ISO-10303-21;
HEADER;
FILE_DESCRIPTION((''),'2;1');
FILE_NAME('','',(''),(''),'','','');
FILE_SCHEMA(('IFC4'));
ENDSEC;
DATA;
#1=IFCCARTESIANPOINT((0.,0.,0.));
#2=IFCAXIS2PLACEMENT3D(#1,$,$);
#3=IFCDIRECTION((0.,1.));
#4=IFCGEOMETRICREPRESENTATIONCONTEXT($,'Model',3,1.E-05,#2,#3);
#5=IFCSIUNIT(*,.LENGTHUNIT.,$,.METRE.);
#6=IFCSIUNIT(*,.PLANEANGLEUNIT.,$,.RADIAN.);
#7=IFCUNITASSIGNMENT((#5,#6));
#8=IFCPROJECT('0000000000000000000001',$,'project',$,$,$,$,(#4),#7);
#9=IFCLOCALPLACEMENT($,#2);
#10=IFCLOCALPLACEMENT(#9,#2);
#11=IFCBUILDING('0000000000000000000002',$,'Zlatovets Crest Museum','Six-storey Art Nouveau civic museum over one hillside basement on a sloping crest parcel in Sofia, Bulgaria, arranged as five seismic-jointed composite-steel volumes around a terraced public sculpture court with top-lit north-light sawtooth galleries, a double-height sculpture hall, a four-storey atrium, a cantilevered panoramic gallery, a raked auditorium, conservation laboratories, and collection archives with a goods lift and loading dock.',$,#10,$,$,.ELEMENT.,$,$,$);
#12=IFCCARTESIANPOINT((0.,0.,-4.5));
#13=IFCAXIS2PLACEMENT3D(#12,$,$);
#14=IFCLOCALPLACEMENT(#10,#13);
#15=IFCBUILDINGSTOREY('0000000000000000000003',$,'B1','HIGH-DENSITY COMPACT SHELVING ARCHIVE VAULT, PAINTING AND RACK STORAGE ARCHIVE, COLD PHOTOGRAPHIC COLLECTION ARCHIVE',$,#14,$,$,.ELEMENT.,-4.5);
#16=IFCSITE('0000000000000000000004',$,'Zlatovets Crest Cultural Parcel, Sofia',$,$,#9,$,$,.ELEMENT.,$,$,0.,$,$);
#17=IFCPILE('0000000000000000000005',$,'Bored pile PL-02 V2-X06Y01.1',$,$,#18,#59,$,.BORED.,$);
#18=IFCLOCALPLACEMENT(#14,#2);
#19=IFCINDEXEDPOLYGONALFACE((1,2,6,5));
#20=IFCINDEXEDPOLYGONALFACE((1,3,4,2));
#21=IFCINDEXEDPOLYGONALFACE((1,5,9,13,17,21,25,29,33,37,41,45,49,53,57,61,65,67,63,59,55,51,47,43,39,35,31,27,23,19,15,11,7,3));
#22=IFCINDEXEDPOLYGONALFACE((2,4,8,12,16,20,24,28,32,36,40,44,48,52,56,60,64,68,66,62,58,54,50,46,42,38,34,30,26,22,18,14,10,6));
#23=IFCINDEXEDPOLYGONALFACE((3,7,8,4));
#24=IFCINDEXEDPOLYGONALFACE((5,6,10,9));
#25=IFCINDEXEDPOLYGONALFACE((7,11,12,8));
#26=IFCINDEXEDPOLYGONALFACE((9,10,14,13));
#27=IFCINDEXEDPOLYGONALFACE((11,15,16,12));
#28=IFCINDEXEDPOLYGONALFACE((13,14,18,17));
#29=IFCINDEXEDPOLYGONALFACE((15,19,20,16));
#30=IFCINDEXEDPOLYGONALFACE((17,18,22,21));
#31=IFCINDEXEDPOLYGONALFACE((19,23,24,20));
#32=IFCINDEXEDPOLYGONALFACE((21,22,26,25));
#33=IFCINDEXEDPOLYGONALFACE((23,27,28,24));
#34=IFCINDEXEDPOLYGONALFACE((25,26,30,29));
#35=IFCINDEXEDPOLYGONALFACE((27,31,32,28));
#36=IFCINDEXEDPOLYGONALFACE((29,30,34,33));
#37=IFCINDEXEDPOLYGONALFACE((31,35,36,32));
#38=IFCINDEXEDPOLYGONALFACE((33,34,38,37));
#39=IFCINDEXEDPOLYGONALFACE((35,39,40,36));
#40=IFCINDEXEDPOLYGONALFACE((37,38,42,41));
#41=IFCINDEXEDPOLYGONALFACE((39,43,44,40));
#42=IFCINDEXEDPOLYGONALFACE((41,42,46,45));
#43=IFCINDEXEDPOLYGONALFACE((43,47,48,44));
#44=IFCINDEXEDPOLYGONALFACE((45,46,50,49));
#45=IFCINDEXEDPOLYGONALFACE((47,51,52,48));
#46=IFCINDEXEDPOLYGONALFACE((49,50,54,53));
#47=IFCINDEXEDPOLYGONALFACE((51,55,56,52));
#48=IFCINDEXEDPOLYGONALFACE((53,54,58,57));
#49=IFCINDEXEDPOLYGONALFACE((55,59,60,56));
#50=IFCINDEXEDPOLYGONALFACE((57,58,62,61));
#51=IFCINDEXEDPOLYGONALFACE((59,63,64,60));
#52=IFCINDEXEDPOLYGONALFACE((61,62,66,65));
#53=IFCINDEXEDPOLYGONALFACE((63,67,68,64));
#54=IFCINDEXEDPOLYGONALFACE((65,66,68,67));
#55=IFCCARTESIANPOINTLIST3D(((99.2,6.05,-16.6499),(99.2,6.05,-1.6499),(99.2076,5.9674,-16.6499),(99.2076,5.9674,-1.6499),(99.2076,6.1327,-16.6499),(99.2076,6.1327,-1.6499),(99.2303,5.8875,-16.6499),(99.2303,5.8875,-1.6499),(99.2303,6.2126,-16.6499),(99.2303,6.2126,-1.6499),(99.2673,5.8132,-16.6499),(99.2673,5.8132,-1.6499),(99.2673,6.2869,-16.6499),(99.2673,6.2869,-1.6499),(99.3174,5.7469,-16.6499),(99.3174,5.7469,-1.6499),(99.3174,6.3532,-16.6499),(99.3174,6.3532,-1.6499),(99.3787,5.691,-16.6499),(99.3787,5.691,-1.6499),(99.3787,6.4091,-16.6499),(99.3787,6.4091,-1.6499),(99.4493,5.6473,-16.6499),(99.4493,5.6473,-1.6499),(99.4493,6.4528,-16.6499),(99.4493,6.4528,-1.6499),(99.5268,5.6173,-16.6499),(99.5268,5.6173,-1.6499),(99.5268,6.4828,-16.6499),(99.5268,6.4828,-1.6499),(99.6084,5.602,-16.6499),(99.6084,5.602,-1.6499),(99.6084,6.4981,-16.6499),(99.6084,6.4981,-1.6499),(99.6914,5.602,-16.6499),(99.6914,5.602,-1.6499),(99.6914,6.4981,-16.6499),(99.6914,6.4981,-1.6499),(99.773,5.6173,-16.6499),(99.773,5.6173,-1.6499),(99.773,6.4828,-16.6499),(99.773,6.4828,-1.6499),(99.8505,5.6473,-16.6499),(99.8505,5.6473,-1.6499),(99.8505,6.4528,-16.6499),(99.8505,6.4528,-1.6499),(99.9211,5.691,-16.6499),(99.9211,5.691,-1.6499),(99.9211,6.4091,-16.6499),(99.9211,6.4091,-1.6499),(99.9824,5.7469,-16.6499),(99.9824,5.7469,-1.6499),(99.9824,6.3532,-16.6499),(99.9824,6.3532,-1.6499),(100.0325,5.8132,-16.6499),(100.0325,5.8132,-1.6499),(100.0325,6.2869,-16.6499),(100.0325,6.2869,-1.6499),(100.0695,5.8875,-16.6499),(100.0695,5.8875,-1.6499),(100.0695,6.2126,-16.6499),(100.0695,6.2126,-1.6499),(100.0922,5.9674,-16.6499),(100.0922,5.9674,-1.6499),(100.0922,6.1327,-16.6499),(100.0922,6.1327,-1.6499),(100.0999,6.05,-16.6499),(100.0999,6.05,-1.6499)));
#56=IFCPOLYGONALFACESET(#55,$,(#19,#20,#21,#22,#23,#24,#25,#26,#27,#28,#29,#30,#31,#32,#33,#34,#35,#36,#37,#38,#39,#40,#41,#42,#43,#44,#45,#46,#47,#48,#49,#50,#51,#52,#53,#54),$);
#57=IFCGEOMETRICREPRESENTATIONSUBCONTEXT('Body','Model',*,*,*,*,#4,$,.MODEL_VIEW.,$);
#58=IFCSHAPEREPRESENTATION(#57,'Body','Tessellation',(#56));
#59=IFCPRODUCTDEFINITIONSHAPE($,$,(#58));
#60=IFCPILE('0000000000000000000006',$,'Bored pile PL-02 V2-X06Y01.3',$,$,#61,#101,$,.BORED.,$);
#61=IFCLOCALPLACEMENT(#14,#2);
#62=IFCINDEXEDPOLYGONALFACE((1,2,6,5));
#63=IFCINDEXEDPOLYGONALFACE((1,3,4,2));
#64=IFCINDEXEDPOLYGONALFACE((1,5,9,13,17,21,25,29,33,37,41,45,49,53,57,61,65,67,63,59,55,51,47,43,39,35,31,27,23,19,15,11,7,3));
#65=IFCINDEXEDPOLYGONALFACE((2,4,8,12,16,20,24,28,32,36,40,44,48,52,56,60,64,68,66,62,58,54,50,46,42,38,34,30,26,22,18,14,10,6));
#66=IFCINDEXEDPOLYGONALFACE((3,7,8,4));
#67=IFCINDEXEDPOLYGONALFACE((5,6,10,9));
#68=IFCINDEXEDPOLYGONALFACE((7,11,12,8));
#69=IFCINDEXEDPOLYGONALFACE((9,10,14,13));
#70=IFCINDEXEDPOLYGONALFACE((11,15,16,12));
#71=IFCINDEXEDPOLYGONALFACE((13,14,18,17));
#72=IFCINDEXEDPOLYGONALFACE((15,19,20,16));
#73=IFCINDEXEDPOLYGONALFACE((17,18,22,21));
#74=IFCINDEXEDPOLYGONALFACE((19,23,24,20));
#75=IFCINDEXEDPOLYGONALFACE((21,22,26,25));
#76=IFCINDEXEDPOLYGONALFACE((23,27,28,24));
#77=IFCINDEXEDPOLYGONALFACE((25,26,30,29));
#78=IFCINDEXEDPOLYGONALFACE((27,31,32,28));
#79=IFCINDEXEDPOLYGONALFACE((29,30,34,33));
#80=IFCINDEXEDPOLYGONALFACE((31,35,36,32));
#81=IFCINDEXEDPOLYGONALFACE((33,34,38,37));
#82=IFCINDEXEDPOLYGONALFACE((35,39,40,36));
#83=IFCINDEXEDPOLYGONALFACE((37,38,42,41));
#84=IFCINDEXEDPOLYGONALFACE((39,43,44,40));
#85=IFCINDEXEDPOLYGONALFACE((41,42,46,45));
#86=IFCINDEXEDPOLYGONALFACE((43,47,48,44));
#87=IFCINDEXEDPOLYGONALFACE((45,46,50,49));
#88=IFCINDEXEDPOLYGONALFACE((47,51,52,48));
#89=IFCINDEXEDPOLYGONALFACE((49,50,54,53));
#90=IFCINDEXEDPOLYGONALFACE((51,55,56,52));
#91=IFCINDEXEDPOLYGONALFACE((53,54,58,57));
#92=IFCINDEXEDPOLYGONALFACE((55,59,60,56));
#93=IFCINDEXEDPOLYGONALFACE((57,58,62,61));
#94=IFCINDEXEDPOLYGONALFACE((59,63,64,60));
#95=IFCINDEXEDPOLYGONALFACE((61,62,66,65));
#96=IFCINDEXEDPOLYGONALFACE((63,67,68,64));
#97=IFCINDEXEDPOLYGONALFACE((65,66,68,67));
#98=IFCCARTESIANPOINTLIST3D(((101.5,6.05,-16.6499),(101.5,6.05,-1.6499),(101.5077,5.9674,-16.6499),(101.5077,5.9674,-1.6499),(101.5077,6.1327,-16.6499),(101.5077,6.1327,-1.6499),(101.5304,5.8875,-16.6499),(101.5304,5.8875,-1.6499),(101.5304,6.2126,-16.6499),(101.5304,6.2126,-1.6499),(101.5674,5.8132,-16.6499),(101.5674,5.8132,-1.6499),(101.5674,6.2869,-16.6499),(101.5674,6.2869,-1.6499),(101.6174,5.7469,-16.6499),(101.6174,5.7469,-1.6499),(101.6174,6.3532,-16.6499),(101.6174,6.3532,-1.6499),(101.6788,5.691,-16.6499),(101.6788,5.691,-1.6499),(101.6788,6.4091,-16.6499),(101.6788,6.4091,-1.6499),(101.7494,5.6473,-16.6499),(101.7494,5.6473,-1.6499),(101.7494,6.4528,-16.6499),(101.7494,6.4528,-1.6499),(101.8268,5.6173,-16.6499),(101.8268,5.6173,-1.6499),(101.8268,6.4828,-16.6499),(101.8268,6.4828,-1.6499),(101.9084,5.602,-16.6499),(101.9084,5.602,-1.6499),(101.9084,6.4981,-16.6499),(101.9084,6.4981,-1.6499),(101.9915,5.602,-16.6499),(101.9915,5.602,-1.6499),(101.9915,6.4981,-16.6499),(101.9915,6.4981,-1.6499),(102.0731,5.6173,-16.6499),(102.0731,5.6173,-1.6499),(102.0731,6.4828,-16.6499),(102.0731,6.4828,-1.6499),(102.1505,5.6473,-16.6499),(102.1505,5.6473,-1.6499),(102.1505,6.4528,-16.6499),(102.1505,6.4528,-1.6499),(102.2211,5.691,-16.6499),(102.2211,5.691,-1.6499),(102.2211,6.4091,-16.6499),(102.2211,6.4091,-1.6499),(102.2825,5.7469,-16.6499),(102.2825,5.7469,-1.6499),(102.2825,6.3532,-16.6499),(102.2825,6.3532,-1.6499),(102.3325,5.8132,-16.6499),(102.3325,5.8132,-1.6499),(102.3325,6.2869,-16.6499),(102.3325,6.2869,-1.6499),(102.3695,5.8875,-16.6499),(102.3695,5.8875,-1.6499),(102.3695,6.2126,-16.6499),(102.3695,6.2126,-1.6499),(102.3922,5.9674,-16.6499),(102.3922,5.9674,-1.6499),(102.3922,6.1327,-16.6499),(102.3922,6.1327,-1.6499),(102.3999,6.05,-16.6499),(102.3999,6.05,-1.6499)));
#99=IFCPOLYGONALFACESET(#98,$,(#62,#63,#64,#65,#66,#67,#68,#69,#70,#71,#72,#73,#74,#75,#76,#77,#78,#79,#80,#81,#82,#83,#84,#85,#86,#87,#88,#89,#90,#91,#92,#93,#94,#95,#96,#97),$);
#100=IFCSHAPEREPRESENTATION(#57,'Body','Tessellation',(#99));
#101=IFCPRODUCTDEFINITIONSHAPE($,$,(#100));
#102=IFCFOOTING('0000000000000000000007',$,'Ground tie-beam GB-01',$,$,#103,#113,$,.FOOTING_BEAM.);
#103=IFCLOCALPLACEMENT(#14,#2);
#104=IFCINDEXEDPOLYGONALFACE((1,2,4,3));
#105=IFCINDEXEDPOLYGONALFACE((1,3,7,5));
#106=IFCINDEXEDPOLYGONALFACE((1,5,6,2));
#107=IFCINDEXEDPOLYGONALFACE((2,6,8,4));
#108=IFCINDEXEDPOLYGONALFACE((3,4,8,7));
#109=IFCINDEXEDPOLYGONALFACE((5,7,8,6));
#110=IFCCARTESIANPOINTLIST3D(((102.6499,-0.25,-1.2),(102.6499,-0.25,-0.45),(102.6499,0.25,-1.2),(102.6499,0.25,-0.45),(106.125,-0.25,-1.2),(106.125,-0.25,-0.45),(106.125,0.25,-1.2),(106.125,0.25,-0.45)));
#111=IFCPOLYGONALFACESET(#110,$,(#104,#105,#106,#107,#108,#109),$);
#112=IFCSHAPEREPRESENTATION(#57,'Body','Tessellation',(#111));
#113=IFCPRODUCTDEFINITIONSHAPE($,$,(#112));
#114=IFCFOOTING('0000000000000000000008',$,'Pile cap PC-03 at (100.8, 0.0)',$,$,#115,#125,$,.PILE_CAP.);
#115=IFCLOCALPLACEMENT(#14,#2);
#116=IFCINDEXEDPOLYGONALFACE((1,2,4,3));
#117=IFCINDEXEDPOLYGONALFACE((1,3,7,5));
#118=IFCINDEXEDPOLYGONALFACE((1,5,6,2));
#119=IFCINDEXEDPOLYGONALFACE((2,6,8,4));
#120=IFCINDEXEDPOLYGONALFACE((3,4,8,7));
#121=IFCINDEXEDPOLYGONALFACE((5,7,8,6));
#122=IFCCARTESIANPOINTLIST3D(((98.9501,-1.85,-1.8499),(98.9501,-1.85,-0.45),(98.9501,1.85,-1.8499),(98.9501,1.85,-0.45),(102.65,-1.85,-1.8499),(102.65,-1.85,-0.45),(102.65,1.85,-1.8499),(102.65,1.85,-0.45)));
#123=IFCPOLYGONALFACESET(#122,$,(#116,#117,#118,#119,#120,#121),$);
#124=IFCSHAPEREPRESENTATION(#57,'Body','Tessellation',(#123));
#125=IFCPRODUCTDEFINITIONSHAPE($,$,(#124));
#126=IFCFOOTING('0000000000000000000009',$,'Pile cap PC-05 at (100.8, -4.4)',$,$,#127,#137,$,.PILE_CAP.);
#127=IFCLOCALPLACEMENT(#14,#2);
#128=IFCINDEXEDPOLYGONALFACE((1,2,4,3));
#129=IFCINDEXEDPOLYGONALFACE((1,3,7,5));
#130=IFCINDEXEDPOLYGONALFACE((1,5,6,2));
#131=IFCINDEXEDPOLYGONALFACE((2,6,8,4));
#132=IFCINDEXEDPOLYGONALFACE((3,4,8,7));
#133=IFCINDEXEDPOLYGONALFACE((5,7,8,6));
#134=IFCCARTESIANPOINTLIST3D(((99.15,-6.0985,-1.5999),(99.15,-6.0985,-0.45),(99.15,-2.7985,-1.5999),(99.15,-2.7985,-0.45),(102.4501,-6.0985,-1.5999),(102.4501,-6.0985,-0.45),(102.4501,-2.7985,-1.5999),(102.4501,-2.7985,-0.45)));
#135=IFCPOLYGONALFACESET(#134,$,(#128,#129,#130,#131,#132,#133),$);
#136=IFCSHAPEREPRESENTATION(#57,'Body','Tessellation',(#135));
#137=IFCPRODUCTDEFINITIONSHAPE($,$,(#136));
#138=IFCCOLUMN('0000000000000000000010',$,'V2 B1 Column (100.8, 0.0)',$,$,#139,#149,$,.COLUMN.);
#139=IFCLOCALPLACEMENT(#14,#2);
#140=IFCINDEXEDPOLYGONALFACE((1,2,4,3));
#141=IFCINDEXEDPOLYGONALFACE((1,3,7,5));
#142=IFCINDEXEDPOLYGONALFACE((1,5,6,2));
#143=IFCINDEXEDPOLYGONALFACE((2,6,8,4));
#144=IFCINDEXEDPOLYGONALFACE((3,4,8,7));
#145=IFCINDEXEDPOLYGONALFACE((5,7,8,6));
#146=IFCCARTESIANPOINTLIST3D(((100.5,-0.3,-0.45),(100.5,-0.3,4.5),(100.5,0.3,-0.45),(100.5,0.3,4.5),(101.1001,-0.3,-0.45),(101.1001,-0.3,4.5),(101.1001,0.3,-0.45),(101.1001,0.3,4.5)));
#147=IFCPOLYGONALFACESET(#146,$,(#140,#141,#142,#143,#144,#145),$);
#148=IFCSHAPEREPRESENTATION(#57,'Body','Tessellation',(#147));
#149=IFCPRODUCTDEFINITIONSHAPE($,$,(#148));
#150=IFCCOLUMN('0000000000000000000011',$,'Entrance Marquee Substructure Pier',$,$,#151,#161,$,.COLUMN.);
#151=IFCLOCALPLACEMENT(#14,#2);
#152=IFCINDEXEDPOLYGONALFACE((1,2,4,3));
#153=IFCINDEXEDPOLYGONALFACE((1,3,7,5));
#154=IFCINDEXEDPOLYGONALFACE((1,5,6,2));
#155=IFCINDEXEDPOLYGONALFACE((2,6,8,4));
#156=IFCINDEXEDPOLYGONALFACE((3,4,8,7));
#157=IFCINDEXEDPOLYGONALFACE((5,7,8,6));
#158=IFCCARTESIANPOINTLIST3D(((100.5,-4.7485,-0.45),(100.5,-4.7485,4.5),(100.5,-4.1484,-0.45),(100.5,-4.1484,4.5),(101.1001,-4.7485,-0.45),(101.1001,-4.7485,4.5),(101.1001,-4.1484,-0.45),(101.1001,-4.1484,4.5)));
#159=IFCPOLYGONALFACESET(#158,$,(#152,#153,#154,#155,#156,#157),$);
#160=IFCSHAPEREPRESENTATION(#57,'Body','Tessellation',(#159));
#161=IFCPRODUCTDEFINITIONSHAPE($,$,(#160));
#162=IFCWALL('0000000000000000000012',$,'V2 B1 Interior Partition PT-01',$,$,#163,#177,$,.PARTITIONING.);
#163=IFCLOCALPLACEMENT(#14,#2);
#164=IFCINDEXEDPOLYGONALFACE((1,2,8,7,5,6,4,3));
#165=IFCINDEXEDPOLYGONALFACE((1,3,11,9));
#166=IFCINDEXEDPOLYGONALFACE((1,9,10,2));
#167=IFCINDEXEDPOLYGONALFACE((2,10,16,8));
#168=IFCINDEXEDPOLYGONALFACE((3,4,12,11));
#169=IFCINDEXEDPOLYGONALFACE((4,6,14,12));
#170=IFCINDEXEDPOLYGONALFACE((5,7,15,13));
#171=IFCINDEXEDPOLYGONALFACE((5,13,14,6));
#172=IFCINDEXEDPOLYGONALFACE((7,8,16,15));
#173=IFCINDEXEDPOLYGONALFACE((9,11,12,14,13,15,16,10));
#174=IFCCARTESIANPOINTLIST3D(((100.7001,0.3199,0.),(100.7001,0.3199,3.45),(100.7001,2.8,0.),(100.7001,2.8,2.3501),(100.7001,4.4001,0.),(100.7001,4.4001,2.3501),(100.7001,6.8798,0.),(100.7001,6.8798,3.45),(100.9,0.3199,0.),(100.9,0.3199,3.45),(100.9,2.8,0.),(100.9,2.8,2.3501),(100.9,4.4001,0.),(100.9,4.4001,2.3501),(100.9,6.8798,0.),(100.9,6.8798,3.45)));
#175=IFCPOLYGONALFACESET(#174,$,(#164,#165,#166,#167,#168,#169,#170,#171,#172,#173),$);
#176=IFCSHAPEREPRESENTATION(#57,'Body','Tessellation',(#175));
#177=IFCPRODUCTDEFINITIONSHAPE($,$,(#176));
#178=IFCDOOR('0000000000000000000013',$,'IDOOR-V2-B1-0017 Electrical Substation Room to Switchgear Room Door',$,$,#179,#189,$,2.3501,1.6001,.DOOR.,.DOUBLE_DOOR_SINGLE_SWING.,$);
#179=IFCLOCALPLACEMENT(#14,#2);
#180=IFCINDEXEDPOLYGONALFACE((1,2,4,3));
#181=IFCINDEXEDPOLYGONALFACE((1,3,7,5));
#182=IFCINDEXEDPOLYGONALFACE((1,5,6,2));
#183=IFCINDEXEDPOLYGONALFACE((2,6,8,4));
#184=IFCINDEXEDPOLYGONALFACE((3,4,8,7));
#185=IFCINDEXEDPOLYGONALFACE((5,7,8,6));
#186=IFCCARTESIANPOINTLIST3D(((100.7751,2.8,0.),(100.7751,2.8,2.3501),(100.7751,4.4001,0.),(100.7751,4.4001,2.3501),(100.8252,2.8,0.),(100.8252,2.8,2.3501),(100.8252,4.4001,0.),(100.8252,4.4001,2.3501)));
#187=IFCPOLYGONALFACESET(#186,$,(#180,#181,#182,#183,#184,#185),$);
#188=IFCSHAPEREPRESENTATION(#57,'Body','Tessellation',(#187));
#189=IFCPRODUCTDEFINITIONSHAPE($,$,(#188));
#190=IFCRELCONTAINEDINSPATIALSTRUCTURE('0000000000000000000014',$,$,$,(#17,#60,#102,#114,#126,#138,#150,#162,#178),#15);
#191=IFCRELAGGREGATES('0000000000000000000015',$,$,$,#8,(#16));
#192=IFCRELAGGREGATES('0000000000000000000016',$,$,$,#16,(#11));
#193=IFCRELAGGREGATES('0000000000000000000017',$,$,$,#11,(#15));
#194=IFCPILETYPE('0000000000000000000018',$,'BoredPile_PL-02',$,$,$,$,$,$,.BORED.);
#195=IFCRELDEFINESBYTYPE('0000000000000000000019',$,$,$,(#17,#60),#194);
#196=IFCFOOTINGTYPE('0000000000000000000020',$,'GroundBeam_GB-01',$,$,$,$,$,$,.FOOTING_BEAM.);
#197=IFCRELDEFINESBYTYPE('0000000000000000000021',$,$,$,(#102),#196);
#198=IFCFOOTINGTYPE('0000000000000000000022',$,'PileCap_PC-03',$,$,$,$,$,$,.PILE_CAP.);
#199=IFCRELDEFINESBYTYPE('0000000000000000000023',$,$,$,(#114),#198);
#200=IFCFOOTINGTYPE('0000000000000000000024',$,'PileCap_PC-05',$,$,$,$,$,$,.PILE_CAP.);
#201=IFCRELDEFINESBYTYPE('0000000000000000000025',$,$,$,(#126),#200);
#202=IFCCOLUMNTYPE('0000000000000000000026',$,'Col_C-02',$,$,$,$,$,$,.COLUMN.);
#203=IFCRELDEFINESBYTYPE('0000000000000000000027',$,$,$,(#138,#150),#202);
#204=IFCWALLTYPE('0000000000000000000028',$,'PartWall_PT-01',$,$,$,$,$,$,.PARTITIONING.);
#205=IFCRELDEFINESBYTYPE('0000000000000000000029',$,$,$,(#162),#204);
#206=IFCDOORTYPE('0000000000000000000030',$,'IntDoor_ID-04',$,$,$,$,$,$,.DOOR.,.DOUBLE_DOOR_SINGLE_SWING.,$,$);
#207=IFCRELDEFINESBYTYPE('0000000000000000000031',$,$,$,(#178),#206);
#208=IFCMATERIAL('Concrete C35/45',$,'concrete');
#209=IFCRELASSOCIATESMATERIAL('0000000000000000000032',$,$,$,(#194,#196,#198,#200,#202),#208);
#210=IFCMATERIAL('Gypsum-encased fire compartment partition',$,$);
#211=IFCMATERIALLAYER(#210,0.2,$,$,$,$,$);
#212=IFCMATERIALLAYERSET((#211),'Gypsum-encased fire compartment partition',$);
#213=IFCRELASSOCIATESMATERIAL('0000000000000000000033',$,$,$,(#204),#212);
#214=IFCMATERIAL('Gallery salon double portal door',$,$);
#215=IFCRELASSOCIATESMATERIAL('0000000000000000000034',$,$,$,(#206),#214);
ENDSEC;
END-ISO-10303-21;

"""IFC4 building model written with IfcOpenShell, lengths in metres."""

from ifc_helpers import new_model, si_unit, direction, frame, frame_2d, origin, origin_2d, place, context, subcontext, project, spatial, rectangle, circle, extrude, material, layer, layer_set, material_profile, profile_set, type_object, element, fill, save


model = new_model("IFC4")

# Units and contexts
model_context = context("Model", 3, precision=1e-05, world=origin(), true_north=direction((0.0, 1.0)))
body_context = subcontext(model_context, "Body", "Model", "MODEL_VIEW")
ifc_project = project(units=[si_unit("LENGTHUNIT", "METRE"), si_unit("PLANEANGLEUNIT", "RADIAN")], contexts=[model_context])

# Site, building, storey
site_placement = place(None, origin())
site = spatial("IfcSite", under=ifc_project, at=site_placement, Name="Zlatovets Crest Cultural Parcel, Sofia", CompositionType="ELEMENT", RefElevation=0.0)
building_placement = place(site_placement, origin())
building = spatial("IfcBuilding", under=site, at=building_placement, Name="Zlatovets Crest Museum", Description="Six-storey Art Nouveau civic museum over one hillside basement on a sloping crest parcel in Sofia, Bulgaria, arranged as five seismic-jointed composite-steel volumes around a terraced public sculpture court with top-lit north-light sawtooth galleries, a double-height sculpture hall, a four-storey atrium, a cantilevered panoramic gallery, a raked auditorium, conservation laboratories, and collection archives with a goods lift and loading dock.", CompositionType="ELEMENT")
storey_placement = place(building_placement, frame((0.0, 0.0, -4.5)))
storey = spatial("IfcBuildingStorey", under=building, at=storey_placement, Name="B1", Description="HIGH-DENSITY COMPACT SHELVING ARCHIVE VAULT, PAINTING AND RACK STORAGE ARCHIVE, COLD PHOTOGRAPHIC COLLECTION ARCHIVE", CompositionType="ELEMENT", Elevation=-4.5)

# Piles
ifc_material_1 = material(Name="Concrete C35/45", Category="concrete")
ifc_material_profile_1 = material_profile(ifc_material_1, circle(Radius=0.45, at=origin_2d()), Name="PILE D900")
ifc_profile_set_1 = profile_set([ifc_material_profile_1], Name="Concrete C35/45")
pile_type_1 = type_object("IfcPileType", Name="BoredPile_PL-02", PredefinedType="BORED", material=ifc_profile_set_1)
for number, where, z_axis, x_axis, name in (
    (1, (99.6499, 6.05, -1.6499), (0.0, 0.0, -1.0), (1.0, 0.0, 0.0), "Bored pile PL-02 V2-X06Y01.1"),
    (2, (101.95, 6.05, -1.6499), (0.0, 0.0, -1.0), (1.0, 0.0, 0.0), "Bored pile PL-02 V2-X06Y01.3"),
):
    element("IfcPile", number, at=place(storey_placement, frame(where, z_axis=z_axis, x_axis=x_axis)), inside=storey, type_object=pile_type_1, Name=name, PredefinedType="BORED", context=body_context, shape_type="SweptSolid", body=[
        extrude(circle(Radius=0.45, at=origin_2d()), origin(), (0.0, 0.0, 1.0), 15.0),
    ])

# Footings
ifc_material_profile_2 = material_profile(ifc_material_1, rectangle(XDim=0.5, YDim=0.75, at=origin_2d()), Name="RC 500x750")
ifc_profile_set_2 = profile_set([ifc_material_profile_2], Name="Concrete C35/45")
footing_type_1 = type_object("IfcFootingType", Name="GroundBeam_GB-01", PredefinedType="FOOTING_BEAM", material=ifc_profile_set_2)
footing_1_placement = place(storey_placement, frame((102.6499, 0.0, -0.825), z_axis=(1.0, 0.0, 0.0), x_axis=(0.0, 1.0, 0.0)))
element("IfcFooting", 3, at=footing_1_placement, inside=storey, type_object=footing_type_1, Name="Ground tie-beam GB-01", PredefinedType="FOOTING_BEAM", context=body_context, shape_type="SweptSolid", body=[
    extrude(rectangle(XDim=0.5, YDim=0.75, at=origin_2d()), origin(), (0.0, 0.0, 1.0), 3.4751),
])
footing_type_2 = type_object("IfcFootingType", Name="PileCap_PC-03", PredefinedType="PILE_CAP", material=ifc_material_1)
footing_2_placement = place(storey_placement, frame((100.8, 0.0, -1.8499), z_axis=(0.0, 0.0, 1.0), x_axis=(1.0, 0.0, 0.0)))
element("IfcFooting", 4, at=footing_2_placement, inside=storey, type_object=footing_type_2, Name="Pile cap PC-03 at (100.8, 0.0)", PredefinedType="PILE_CAP", context=body_context, shape_type="SweptSolid", body=[
    extrude(rectangle(XDim=3.7, YDim=3.7, at=origin_2d()), origin(), (0.0, 0.0, 1.0), 1.3999),
])
footing_type_3 = type_object("IfcFootingType", Name="PileCap_PC-05", PredefinedType="PILE_CAP", material=ifc_material_1)
footing_3_placement = place(storey_placement, frame((100.8, -4.4485, -1.5999), z_axis=(0.0, 0.0, 1.0), x_axis=(1.0, 0.0, 0.0)))
element("IfcFooting", 5, at=footing_3_placement, inside=storey, type_object=footing_type_3, Name="Pile cap PC-05 at (100.8, -4.4)", PredefinedType="PILE_CAP", context=body_context, shape_type="SweptSolid", body=[
    extrude(rectangle(XDim=3.3, YDim=3.3, at=origin_2d()), origin(), (0.0, 0.0, 1.0), 1.1499),
])

# Columns
ifc_material_profile_3 = material_profile(ifc_material_1, rectangle(XDim=0.6001, YDim=0.6001, at=origin_2d()), Name="RC 600x600")
ifc_profile_set_3 = profile_set([ifc_material_profile_3], Name="Concrete C35/45")
column_type = type_object("IfcColumnType", Name="Col_C-02", PredefinedType="COLUMN", material=ifc_profile_set_3)
for number, where, z_axis, x_axis, name in (
    (6, (100.8, 0.0, -0.45), (0.0, 0.0, 1.0), (1.0, 0.0, 0.0), "V2 B1 Column (100.8, 0.0)"),
    (7, (100.8, -4.4485, -0.45), (0.0, 0.0, 1.0), (1.0, 0.0, 0.0), "Entrance Marquee Substructure Pier"),
):
    element("IfcColumn", number, at=place(storey_placement, frame(where, z_axis=z_axis, x_axis=x_axis)), inside=storey, type_object=column_type, Name=name, PredefinedType="COLUMN", context=body_context, shape_type="SweptSolid", body=[
        extrude(rectangle(XDim=0.6001, YDim=0.6001, at=origin_2d()), origin(), (0.0, 0.0, 1.0), 4.95),
    ])

# Wall, opening, door
ifc_material_2 = material(Name="Gypsum-encased fire compartment partition")
ifc_layer = layer(ifc_material_2, 0.2)
ifc_layer_set = layer_set([ifc_layer], Name="Gypsum-encased fire compartment partition")
wall_type = type_object("IfcWallType", Name="PartWall_PT-01", PredefinedType="PARTITIONING", material=ifc_layer_set)
wall_placement = place(storey_placement, frame((100.8, 0.3201, 0.0), z_axis=(0.0, 0.0, 1.0), x_axis=(0.0, 1.0, 0.0)))
wall = element("IfcWall", 8, at=wall_placement, inside=storey, type_object=wall_type, Name="V2 B1 Interior Partition PT-01", PredefinedType="PARTITIONING", context=body_context, shape_type="SweptSolid", body=[
    extrude(rectangle(XDim=6.5598, YDim=0.2, at=frame_2d((3.2798, 0.0))), origin(), (0.0, 0.0, 1.0), 3.45),
])
opening_placement = place(wall_placement, frame((2.48, 0.0, 0.0)))
opening = element("IfcOpeningElement", 9, at=opening_placement, cuts=wall, PredefinedType="OPENING", context=body_context, shape_type="SweptSolid", body=[
    extrude(rectangle(XDim=1.6001, YDim=2.3501, at=frame_2d((0.8, 1.175))), frame((0.0, 0.1099, 0.0), z_axis=(0.0, -1.0, 0.0), x_axis=(1.0, 0.0, 0.0)), (0.0, 0.0, 1.0), 0.22),
])
ifc_material_3 = material(Name="Gallery salon double portal door")
door_type = type_object("IfcDoorType", Name="IntDoor_ID-04", OperationType="DOUBLE_DOOR_SINGLE_SWING", PredefinedType="DOOR", material=ifc_material_3)
door_placement = place(opening_placement, origin())
door = element("IfcDoor", 10, at=door_placement, inside=storey, type_object=door_type, Name="IDOOR-V2-B1-0017 Electrical Substation Room to Switchgear Room Door", OperationType="DOUBLE_DOOR_SINGLE_SWING", OverallHeight=2.3501, OverallWidth=1.6001, PredefinedType="DOOR", context=body_context, shape_type="SweptSolid", body=[
    extrude(rectangle(XDim=1.6001, YDim=2.3501, at=frame_2d((0.8, 1.175))), frame((0.0, 0.0249, 0.0), z_axis=(0.0, -1.0, 0.0), x_axis=(1.0, 0.0, 0.0)), (0.0, 0.0, 1.0), 0.05),
])
fill(opening, door)

save(model, "model.ifc")
